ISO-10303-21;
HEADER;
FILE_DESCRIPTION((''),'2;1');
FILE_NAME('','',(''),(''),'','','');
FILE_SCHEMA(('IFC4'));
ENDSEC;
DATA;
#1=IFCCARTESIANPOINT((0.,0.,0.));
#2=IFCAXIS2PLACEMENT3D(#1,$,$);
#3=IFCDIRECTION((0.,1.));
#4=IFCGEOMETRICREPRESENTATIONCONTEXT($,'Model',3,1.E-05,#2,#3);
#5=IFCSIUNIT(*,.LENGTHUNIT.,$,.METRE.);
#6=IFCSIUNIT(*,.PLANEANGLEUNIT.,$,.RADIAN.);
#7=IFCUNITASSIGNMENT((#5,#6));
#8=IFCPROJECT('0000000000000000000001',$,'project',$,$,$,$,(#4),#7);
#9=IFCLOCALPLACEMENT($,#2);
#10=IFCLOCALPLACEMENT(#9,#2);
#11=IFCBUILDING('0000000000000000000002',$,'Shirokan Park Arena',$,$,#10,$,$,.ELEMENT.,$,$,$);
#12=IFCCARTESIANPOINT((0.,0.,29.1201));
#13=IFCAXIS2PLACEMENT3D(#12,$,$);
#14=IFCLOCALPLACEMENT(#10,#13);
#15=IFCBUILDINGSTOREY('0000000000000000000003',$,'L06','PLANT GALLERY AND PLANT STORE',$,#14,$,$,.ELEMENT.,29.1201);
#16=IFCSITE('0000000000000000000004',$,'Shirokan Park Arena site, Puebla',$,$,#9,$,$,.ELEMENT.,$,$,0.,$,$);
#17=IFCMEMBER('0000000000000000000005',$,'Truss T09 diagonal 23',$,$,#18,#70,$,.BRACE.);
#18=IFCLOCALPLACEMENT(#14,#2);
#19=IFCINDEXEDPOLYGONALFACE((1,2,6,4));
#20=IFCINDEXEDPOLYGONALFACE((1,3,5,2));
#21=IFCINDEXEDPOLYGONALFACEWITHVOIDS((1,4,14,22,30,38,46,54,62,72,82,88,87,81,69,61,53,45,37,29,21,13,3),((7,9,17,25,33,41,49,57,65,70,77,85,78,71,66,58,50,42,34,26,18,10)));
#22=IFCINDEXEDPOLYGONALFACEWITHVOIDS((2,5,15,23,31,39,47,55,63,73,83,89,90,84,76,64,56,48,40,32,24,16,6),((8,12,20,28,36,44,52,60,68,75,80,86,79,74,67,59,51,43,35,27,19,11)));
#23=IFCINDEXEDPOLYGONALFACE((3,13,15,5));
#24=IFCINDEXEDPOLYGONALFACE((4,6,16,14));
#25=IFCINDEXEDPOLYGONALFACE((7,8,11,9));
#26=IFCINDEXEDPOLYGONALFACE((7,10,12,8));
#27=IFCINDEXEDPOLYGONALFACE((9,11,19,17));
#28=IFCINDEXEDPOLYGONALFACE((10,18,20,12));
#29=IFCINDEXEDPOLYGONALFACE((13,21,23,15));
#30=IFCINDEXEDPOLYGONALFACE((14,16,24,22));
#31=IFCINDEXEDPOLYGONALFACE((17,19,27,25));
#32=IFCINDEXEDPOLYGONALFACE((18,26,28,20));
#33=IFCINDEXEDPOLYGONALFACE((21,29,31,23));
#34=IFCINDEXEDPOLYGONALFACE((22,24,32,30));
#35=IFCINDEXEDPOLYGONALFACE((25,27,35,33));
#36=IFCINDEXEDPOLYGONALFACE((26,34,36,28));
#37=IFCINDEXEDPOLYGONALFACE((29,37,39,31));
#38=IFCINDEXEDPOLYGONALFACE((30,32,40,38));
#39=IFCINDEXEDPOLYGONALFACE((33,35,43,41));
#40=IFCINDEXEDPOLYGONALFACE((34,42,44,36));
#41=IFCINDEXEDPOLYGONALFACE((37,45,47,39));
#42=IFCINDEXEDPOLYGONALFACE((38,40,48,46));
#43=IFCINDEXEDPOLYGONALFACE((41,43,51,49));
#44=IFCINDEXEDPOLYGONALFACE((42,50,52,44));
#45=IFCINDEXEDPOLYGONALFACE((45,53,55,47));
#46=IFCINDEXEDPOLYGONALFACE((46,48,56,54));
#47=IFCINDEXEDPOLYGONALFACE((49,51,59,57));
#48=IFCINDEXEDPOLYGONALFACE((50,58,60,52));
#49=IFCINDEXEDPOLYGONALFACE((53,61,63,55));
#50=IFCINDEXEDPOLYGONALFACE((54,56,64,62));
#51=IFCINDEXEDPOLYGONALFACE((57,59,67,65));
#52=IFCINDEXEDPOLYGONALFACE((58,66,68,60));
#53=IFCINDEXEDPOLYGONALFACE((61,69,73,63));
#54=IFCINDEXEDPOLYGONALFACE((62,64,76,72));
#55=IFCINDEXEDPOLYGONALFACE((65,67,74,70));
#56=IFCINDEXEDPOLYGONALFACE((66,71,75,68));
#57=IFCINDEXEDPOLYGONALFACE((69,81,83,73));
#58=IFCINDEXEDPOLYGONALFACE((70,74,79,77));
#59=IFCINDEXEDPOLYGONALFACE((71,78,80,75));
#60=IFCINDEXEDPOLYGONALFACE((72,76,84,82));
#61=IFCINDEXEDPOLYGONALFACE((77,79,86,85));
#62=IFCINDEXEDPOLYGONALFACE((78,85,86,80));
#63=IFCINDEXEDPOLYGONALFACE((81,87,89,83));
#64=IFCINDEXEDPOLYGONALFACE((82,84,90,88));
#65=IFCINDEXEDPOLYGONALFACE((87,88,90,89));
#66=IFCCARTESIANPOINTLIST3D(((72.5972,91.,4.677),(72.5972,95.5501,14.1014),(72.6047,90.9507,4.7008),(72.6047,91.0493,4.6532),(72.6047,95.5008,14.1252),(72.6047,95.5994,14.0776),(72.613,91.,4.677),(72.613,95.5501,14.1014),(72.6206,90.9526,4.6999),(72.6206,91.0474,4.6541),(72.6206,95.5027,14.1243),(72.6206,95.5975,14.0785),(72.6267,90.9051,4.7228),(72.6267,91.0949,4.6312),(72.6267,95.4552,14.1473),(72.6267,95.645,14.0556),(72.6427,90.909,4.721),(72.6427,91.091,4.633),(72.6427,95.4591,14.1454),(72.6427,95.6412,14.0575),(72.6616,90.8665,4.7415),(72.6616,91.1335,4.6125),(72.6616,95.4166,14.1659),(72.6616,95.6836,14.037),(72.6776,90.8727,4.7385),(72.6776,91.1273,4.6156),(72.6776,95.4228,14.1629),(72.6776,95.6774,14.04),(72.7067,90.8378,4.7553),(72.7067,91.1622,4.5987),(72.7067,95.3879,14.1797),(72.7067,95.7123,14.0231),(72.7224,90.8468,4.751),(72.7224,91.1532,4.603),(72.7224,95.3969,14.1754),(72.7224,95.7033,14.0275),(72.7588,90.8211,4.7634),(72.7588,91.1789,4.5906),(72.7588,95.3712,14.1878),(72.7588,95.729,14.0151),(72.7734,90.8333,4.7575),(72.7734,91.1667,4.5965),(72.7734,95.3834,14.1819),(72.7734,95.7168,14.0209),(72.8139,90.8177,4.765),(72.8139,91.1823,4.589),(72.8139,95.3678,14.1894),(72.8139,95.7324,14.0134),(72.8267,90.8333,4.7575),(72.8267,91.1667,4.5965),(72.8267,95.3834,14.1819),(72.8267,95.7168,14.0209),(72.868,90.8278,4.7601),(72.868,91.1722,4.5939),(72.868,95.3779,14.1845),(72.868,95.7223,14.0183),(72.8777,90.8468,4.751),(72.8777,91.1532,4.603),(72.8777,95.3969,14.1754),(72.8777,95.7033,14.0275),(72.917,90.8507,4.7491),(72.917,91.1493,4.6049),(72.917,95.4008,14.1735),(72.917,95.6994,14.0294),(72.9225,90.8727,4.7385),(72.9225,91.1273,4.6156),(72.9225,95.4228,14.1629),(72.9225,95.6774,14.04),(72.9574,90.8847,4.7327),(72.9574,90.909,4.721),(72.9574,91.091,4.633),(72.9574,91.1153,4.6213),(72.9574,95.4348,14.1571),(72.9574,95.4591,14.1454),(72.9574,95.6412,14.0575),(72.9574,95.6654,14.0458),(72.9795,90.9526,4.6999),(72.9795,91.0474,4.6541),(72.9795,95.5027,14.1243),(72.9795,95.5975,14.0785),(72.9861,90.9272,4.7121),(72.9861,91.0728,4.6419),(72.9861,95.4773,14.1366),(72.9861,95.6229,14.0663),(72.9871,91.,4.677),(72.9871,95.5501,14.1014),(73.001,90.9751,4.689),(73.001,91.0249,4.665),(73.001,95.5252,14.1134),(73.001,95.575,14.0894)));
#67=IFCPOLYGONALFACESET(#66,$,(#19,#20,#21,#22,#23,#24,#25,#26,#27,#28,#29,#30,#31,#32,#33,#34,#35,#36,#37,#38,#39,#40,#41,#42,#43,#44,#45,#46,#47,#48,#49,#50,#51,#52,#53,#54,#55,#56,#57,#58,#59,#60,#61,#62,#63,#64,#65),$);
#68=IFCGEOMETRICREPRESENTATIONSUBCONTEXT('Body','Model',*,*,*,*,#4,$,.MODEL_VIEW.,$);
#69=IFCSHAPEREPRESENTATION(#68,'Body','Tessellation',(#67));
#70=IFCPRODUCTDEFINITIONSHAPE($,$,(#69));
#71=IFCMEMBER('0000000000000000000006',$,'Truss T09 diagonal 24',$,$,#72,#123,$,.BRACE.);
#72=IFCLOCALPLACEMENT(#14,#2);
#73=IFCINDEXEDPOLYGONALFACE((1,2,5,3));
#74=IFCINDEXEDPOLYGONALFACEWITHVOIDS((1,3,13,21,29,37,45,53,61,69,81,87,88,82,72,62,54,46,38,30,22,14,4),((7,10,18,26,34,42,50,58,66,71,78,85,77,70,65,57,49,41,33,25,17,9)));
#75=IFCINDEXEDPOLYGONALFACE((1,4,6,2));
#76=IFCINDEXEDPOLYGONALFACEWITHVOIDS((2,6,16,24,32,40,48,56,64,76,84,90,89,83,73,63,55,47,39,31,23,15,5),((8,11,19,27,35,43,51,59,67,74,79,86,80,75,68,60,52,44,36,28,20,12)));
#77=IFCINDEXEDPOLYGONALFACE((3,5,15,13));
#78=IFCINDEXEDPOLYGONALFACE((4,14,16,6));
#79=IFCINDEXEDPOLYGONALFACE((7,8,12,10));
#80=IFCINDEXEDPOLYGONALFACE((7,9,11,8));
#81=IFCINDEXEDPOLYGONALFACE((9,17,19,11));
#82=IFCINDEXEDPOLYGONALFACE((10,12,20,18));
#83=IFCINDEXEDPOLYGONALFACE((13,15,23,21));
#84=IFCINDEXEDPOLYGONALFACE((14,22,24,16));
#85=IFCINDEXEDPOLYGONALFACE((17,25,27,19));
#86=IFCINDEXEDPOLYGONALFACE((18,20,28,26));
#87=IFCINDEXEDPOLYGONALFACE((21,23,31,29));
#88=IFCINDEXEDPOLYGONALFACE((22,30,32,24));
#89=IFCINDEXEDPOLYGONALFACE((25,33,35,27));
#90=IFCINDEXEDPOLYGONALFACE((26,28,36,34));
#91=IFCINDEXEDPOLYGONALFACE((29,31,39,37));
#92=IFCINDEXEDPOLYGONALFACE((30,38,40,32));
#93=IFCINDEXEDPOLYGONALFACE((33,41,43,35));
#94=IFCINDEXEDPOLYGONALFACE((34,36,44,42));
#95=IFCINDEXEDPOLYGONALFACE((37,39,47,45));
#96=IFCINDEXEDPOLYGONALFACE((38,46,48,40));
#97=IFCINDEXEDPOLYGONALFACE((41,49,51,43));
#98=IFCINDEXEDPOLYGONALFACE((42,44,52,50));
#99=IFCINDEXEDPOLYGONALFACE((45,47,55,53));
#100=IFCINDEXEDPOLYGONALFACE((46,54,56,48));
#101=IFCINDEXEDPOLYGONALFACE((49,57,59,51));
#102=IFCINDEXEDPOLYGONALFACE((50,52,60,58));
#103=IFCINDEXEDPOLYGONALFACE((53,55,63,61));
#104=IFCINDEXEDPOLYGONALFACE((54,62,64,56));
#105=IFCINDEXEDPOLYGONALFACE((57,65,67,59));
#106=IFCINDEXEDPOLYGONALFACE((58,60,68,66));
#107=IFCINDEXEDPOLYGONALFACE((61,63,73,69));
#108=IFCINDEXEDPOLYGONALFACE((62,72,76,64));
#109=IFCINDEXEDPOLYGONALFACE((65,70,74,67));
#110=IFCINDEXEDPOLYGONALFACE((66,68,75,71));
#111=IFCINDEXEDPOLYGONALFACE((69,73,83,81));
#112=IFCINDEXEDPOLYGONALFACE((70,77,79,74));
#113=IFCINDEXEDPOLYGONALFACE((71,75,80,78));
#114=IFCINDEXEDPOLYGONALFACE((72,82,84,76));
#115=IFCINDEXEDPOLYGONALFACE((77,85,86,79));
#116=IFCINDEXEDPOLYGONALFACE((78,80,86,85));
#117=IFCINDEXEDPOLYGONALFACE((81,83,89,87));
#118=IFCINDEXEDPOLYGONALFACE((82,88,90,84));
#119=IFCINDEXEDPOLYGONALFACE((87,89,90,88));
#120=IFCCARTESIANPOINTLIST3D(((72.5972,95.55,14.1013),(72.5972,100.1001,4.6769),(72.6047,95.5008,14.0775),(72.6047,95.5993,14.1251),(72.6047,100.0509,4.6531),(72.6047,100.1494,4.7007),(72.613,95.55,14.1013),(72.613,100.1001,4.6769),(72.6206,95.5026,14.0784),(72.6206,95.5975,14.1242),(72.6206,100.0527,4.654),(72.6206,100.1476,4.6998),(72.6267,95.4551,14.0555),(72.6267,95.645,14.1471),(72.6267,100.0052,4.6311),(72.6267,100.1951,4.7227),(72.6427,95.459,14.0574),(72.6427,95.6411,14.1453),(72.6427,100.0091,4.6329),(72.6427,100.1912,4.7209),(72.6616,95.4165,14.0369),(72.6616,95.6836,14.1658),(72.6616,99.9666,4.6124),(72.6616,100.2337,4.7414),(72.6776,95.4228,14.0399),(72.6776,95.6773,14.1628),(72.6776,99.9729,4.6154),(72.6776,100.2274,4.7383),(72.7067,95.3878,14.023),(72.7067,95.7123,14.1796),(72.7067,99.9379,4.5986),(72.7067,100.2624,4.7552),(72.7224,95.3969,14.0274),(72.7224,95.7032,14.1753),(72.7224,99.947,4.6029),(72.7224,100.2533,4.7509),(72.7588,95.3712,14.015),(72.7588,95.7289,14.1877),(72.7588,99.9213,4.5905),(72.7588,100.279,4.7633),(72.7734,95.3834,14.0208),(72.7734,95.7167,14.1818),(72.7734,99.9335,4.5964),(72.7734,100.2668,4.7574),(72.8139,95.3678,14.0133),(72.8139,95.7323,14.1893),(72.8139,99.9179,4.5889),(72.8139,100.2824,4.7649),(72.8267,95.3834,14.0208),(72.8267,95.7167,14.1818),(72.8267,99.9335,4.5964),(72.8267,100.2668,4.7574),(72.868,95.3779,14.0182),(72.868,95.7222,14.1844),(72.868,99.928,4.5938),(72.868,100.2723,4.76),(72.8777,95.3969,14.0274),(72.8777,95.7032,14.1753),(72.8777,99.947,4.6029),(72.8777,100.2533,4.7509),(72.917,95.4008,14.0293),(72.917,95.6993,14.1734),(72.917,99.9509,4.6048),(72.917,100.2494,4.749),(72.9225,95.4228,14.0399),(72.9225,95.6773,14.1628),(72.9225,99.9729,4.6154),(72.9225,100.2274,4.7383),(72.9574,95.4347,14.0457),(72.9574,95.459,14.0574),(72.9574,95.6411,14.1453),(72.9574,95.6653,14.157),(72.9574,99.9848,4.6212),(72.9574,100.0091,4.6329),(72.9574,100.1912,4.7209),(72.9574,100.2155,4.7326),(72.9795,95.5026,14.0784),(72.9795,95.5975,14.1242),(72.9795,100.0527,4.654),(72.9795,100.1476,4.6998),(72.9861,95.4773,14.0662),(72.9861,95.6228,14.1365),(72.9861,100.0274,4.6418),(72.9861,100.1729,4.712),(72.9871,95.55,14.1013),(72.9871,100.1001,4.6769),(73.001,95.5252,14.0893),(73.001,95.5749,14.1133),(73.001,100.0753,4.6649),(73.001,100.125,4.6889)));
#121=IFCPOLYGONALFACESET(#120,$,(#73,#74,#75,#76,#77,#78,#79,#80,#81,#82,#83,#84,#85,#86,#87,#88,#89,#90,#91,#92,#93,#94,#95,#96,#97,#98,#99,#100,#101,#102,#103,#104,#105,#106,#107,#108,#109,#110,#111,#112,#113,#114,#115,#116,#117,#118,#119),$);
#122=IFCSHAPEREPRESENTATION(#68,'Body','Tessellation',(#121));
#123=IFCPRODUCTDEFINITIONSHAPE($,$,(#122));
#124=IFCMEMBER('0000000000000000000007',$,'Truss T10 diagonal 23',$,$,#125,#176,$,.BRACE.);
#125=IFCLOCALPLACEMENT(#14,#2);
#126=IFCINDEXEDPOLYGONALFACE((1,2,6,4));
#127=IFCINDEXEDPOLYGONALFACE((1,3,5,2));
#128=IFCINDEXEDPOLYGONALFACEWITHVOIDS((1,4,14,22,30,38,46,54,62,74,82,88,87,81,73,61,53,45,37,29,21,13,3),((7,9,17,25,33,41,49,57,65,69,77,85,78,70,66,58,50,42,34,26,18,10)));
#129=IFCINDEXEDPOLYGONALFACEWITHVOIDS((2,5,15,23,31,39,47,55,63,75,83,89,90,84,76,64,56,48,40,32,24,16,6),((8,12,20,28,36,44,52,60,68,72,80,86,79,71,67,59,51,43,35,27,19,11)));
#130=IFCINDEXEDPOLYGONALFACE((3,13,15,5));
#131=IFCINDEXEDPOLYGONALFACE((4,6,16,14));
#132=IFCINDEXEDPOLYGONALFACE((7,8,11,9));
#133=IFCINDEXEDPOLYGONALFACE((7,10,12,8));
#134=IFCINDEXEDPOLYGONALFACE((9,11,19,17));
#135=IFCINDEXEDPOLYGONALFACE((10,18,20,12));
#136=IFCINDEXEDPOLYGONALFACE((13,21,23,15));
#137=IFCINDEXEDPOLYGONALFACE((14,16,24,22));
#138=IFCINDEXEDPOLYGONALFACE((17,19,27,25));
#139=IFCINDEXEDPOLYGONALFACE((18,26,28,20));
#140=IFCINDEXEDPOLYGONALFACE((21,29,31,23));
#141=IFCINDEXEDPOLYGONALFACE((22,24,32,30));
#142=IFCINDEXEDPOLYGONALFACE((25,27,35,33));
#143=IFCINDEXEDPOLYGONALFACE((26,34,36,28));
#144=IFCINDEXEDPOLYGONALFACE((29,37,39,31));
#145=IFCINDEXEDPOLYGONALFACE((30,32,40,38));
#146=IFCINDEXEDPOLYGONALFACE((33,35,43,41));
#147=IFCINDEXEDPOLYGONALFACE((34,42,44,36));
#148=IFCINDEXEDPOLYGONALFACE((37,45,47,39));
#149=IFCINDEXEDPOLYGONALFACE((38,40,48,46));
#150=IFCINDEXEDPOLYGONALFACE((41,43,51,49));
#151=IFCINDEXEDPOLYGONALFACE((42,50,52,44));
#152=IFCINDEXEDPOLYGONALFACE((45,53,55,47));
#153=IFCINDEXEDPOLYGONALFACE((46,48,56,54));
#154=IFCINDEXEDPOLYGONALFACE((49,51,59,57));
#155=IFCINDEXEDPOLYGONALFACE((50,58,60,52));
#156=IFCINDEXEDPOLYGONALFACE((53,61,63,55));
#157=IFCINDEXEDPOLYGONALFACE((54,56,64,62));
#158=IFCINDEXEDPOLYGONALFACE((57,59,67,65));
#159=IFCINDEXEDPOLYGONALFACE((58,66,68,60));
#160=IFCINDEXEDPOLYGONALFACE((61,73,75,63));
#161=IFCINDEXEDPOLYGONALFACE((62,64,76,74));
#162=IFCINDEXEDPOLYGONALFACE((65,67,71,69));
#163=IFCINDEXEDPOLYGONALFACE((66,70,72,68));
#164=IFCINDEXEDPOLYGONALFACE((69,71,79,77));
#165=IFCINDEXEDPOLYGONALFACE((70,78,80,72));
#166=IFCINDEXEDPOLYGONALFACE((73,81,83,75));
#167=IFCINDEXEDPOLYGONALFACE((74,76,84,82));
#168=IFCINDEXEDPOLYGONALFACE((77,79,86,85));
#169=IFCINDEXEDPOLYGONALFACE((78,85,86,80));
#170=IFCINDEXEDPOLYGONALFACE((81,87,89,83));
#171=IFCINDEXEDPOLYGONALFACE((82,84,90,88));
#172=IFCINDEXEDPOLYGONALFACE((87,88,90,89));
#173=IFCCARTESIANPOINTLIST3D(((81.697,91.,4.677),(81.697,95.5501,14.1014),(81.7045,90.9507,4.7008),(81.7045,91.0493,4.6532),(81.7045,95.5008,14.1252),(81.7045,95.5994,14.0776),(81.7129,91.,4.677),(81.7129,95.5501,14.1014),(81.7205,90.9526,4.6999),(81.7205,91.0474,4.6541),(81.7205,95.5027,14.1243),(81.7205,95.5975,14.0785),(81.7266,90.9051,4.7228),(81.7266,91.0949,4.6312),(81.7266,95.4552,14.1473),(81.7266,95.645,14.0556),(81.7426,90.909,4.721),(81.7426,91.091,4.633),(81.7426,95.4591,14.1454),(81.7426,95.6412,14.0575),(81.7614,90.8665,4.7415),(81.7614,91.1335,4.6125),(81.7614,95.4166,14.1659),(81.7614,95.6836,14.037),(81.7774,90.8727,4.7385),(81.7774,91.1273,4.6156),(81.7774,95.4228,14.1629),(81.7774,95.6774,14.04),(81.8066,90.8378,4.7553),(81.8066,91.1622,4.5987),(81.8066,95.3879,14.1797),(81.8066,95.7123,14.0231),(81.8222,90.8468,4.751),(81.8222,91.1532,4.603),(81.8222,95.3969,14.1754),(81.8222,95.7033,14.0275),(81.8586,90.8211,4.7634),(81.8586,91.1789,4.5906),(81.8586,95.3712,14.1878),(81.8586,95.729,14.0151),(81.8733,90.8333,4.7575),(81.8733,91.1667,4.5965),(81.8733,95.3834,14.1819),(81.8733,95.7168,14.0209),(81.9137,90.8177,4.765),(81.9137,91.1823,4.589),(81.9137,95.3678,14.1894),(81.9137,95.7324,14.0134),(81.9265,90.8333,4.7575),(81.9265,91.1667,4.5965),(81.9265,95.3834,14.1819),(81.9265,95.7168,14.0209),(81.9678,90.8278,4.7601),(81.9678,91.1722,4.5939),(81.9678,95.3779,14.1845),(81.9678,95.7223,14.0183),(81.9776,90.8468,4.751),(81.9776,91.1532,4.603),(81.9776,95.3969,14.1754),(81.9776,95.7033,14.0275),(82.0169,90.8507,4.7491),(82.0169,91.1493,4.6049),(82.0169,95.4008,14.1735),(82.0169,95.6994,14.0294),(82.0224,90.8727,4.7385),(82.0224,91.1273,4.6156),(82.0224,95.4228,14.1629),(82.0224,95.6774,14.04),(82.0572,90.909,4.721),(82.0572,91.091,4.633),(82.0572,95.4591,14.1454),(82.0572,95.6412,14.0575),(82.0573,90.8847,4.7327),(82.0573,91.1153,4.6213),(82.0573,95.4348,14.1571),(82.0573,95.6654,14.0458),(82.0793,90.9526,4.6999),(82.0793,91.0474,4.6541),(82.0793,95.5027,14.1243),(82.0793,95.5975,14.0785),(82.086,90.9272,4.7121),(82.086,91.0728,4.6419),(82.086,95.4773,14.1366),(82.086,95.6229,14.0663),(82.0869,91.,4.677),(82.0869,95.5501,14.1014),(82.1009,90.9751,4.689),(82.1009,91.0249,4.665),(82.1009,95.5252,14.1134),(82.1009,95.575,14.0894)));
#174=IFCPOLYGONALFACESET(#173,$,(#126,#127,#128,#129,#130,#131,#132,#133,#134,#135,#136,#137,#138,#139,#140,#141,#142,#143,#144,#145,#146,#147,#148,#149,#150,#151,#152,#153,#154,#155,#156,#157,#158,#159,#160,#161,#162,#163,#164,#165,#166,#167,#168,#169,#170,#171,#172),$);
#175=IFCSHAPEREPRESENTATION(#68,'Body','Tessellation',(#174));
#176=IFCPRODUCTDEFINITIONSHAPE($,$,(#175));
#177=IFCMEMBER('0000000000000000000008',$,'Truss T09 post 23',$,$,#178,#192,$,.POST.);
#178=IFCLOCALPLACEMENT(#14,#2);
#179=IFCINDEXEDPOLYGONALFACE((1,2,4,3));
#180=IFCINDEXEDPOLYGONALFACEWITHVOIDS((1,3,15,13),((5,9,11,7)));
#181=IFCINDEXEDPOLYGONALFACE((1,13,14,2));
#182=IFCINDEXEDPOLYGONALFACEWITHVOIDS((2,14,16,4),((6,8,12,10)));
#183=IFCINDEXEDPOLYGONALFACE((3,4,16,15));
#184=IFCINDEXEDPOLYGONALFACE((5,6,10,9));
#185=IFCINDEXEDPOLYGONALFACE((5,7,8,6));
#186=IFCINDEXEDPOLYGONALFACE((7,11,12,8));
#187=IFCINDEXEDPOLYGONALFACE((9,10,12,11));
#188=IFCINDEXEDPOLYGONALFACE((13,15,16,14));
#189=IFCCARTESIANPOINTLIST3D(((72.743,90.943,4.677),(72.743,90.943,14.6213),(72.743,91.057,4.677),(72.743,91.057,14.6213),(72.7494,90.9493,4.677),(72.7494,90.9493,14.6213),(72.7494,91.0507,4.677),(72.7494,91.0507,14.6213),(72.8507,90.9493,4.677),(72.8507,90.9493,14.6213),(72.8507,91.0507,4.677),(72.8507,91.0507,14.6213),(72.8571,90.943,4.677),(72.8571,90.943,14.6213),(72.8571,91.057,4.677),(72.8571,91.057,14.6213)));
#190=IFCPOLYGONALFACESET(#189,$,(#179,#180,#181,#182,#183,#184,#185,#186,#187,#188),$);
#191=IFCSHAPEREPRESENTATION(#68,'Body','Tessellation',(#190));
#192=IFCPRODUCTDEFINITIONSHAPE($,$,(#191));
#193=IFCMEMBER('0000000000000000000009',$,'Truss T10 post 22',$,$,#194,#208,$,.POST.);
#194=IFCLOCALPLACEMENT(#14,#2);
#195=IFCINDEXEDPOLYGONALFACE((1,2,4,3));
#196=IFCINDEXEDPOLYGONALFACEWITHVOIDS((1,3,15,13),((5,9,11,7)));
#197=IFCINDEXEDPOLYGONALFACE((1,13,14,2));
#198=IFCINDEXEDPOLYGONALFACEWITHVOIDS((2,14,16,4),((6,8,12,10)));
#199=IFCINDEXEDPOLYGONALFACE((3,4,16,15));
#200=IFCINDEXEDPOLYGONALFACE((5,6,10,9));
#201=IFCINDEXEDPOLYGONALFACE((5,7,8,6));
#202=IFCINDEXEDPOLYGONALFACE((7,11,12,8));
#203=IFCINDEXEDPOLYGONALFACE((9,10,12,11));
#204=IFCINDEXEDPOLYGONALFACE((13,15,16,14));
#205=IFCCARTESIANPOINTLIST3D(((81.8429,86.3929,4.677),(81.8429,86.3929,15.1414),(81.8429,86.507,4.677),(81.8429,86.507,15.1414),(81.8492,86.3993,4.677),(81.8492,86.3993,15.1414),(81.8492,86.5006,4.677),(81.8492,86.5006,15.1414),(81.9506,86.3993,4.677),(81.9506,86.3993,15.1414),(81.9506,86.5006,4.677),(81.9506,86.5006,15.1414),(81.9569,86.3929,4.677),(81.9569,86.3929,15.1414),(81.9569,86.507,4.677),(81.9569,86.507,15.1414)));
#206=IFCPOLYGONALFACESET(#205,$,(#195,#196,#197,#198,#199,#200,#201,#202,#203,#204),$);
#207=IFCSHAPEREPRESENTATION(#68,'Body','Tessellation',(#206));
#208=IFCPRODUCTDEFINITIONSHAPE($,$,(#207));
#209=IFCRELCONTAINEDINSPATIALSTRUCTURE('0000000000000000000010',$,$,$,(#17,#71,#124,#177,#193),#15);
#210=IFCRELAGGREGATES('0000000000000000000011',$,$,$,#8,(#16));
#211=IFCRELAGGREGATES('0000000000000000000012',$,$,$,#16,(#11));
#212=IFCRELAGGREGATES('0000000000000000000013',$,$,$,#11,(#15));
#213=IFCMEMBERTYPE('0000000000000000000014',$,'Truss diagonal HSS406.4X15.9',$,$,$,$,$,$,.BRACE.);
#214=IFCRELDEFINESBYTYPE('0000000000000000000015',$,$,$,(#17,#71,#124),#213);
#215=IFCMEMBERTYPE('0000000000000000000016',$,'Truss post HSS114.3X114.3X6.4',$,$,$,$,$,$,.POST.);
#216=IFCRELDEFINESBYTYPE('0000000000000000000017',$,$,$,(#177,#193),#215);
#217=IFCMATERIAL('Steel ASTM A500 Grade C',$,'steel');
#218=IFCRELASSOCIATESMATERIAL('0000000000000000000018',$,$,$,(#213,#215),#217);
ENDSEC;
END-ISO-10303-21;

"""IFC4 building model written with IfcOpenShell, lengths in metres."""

from ifc_helpers import new_model, si_unit, direction, frame, origin, origin_2d, place, context, subcontext, project, spatial, hollow_rectangle, hollow_circle, extrude, material, material_profile, profile_set, type_object, element, save


model = new_model("IFC4")

# Units and contexts
model_context = context("Model", 3, precision=1e-05, world=origin(), true_north=direction((0.0, 1.0)))
body_context = subcontext(model_context, "Body", "Model", "MODEL_VIEW")
ifc_project = project(units=[si_unit("LENGTHUNIT", "METRE"), si_unit("PLANEANGLEUNIT", "RADIAN")], contexts=[model_context])

# Site, building, storey
site_placement = place(None, origin())
site = spatial("IfcSite", under=ifc_project, at=site_placement, Name="Shirokan Park Arena site, Puebla", CompositionType="ELEMENT", RefElevation=0.0)
building_placement = place(site_placement, origin())
building = spatial("IfcBuilding", under=site, at=building_placement, Name="Shirokan Park Arena", CompositionType="ELEMENT")
storey_placement = place(building_placement, frame((0.0, 0.0, 29.1201)))
storey = spatial("IfcBuildingStorey", under=building, at=storey_placement, Name="L06", Description="PLANT GALLERY AND PLANT STORE", CompositionType="ELEMENT", Elevation=29.1201)

# Members
ifc_material_1 = material(Name="Steel ASTM A500 Grade C", Category="steel")
ifc_material_profile_1 = material_profile(ifc_material_1, hollow_circle(Radius=0.2029, WallThickness=0.0159, at=origin_2d()), Name="HSS406.4X15.9")
ifc_profile_set_1 = profile_set([ifc_material_profile_1], Name="Steel ASTM A500 Grade C")
member_type_1 = type_object("IfcMemberType", Name="Truss diagonal HSS406.4X15.9", PredefinedType="BRACE", material=ifc_profile_set_1)
for number, where, z_axis, x_axis, name in (
    (1, (72.8, 91.0, 4.677), (0.0, 0.434778, 0.900537), (-1.0, 0.0, 0.0), "Truss T09 diagonal 23"),
    (2, (72.8, 95.55, 14.1013), (0.0, 0.434778, -0.900537), (-1.0, 0.0, 0.0), "Truss T09 diagonal 24"),
    (3, (81.8999, 91.0, 4.677), (0.0, 0.434778, 0.900537), (-1.0, 0.0, 0.0), "Truss T10 diagonal 23"),
):
    element("IfcMember", number, at=place(storey_placement, frame(where, z_axis=z_axis, x_axis=x_axis)), inside=storey, type_object=member_type_1, Name=name, PredefinedType="BRACE", context=body_context, shape_type="SweptSolid", body=[
        extrude(hollow_circle(Radius=0.2029, WallThickness=0.0159, at=origin_2d()), origin(), (0.0, 0.0, 1.0), 10.4653),
    ])
ifc_material_profile_2 = material_profile(ifc_material_1, hollow_rectangle(XDim=0.114, YDim=0.114, WallThickness=0.0063, at=origin_2d()), Name="HSS114.3X114.3X6.4")
ifc_profile_set_2 = profile_set([ifc_material_profile_2], Name="Steel ASTM A500 Grade C")
member_type_2 = type_object("IfcMemberType", Name="Truss post HSS114.3X114.3X6.4", PredefinedType="POST", material=ifc_profile_set_2)
member_1_placement = place(storey_placement, frame((72.8, 91.0, 4.677), z_axis=(0.0, 0.0, 1.0), x_axis=(1.0, 0.0, 0.0)))
element("IfcMember", 4, at=member_1_placement, inside=storey, type_object=member_type_2, Name="Truss T09 post 23", PredefinedType="POST", context=body_context, shape_type="SweptSolid", body=[
    extrude(hollow_rectangle(XDim=0.114, YDim=0.114, WallThickness=0.0063, at=origin_2d()), origin(), (0.0, 0.0, 1.0), 9.9443),
])
member_2_placement = place(storey_placement, frame((81.8999, 86.45, 4.677), z_axis=(0.0, 0.0, 1.0), x_axis=(1.0, 0.0, 0.0)))
element("IfcMember", 5, at=member_2_placement, inside=storey, type_object=member_type_2, Name="Truss T10 post 22", PredefinedType="POST", context=body_context, shape_type="SweptSolid", body=[
    extrude(hollow_rectangle(XDim=0.114, YDim=0.114, WallThickness=0.0063, at=origin_2d()), origin(), (0.0, 0.0, 1.0), 10.4644),
])

save(model, "model.ifc")
